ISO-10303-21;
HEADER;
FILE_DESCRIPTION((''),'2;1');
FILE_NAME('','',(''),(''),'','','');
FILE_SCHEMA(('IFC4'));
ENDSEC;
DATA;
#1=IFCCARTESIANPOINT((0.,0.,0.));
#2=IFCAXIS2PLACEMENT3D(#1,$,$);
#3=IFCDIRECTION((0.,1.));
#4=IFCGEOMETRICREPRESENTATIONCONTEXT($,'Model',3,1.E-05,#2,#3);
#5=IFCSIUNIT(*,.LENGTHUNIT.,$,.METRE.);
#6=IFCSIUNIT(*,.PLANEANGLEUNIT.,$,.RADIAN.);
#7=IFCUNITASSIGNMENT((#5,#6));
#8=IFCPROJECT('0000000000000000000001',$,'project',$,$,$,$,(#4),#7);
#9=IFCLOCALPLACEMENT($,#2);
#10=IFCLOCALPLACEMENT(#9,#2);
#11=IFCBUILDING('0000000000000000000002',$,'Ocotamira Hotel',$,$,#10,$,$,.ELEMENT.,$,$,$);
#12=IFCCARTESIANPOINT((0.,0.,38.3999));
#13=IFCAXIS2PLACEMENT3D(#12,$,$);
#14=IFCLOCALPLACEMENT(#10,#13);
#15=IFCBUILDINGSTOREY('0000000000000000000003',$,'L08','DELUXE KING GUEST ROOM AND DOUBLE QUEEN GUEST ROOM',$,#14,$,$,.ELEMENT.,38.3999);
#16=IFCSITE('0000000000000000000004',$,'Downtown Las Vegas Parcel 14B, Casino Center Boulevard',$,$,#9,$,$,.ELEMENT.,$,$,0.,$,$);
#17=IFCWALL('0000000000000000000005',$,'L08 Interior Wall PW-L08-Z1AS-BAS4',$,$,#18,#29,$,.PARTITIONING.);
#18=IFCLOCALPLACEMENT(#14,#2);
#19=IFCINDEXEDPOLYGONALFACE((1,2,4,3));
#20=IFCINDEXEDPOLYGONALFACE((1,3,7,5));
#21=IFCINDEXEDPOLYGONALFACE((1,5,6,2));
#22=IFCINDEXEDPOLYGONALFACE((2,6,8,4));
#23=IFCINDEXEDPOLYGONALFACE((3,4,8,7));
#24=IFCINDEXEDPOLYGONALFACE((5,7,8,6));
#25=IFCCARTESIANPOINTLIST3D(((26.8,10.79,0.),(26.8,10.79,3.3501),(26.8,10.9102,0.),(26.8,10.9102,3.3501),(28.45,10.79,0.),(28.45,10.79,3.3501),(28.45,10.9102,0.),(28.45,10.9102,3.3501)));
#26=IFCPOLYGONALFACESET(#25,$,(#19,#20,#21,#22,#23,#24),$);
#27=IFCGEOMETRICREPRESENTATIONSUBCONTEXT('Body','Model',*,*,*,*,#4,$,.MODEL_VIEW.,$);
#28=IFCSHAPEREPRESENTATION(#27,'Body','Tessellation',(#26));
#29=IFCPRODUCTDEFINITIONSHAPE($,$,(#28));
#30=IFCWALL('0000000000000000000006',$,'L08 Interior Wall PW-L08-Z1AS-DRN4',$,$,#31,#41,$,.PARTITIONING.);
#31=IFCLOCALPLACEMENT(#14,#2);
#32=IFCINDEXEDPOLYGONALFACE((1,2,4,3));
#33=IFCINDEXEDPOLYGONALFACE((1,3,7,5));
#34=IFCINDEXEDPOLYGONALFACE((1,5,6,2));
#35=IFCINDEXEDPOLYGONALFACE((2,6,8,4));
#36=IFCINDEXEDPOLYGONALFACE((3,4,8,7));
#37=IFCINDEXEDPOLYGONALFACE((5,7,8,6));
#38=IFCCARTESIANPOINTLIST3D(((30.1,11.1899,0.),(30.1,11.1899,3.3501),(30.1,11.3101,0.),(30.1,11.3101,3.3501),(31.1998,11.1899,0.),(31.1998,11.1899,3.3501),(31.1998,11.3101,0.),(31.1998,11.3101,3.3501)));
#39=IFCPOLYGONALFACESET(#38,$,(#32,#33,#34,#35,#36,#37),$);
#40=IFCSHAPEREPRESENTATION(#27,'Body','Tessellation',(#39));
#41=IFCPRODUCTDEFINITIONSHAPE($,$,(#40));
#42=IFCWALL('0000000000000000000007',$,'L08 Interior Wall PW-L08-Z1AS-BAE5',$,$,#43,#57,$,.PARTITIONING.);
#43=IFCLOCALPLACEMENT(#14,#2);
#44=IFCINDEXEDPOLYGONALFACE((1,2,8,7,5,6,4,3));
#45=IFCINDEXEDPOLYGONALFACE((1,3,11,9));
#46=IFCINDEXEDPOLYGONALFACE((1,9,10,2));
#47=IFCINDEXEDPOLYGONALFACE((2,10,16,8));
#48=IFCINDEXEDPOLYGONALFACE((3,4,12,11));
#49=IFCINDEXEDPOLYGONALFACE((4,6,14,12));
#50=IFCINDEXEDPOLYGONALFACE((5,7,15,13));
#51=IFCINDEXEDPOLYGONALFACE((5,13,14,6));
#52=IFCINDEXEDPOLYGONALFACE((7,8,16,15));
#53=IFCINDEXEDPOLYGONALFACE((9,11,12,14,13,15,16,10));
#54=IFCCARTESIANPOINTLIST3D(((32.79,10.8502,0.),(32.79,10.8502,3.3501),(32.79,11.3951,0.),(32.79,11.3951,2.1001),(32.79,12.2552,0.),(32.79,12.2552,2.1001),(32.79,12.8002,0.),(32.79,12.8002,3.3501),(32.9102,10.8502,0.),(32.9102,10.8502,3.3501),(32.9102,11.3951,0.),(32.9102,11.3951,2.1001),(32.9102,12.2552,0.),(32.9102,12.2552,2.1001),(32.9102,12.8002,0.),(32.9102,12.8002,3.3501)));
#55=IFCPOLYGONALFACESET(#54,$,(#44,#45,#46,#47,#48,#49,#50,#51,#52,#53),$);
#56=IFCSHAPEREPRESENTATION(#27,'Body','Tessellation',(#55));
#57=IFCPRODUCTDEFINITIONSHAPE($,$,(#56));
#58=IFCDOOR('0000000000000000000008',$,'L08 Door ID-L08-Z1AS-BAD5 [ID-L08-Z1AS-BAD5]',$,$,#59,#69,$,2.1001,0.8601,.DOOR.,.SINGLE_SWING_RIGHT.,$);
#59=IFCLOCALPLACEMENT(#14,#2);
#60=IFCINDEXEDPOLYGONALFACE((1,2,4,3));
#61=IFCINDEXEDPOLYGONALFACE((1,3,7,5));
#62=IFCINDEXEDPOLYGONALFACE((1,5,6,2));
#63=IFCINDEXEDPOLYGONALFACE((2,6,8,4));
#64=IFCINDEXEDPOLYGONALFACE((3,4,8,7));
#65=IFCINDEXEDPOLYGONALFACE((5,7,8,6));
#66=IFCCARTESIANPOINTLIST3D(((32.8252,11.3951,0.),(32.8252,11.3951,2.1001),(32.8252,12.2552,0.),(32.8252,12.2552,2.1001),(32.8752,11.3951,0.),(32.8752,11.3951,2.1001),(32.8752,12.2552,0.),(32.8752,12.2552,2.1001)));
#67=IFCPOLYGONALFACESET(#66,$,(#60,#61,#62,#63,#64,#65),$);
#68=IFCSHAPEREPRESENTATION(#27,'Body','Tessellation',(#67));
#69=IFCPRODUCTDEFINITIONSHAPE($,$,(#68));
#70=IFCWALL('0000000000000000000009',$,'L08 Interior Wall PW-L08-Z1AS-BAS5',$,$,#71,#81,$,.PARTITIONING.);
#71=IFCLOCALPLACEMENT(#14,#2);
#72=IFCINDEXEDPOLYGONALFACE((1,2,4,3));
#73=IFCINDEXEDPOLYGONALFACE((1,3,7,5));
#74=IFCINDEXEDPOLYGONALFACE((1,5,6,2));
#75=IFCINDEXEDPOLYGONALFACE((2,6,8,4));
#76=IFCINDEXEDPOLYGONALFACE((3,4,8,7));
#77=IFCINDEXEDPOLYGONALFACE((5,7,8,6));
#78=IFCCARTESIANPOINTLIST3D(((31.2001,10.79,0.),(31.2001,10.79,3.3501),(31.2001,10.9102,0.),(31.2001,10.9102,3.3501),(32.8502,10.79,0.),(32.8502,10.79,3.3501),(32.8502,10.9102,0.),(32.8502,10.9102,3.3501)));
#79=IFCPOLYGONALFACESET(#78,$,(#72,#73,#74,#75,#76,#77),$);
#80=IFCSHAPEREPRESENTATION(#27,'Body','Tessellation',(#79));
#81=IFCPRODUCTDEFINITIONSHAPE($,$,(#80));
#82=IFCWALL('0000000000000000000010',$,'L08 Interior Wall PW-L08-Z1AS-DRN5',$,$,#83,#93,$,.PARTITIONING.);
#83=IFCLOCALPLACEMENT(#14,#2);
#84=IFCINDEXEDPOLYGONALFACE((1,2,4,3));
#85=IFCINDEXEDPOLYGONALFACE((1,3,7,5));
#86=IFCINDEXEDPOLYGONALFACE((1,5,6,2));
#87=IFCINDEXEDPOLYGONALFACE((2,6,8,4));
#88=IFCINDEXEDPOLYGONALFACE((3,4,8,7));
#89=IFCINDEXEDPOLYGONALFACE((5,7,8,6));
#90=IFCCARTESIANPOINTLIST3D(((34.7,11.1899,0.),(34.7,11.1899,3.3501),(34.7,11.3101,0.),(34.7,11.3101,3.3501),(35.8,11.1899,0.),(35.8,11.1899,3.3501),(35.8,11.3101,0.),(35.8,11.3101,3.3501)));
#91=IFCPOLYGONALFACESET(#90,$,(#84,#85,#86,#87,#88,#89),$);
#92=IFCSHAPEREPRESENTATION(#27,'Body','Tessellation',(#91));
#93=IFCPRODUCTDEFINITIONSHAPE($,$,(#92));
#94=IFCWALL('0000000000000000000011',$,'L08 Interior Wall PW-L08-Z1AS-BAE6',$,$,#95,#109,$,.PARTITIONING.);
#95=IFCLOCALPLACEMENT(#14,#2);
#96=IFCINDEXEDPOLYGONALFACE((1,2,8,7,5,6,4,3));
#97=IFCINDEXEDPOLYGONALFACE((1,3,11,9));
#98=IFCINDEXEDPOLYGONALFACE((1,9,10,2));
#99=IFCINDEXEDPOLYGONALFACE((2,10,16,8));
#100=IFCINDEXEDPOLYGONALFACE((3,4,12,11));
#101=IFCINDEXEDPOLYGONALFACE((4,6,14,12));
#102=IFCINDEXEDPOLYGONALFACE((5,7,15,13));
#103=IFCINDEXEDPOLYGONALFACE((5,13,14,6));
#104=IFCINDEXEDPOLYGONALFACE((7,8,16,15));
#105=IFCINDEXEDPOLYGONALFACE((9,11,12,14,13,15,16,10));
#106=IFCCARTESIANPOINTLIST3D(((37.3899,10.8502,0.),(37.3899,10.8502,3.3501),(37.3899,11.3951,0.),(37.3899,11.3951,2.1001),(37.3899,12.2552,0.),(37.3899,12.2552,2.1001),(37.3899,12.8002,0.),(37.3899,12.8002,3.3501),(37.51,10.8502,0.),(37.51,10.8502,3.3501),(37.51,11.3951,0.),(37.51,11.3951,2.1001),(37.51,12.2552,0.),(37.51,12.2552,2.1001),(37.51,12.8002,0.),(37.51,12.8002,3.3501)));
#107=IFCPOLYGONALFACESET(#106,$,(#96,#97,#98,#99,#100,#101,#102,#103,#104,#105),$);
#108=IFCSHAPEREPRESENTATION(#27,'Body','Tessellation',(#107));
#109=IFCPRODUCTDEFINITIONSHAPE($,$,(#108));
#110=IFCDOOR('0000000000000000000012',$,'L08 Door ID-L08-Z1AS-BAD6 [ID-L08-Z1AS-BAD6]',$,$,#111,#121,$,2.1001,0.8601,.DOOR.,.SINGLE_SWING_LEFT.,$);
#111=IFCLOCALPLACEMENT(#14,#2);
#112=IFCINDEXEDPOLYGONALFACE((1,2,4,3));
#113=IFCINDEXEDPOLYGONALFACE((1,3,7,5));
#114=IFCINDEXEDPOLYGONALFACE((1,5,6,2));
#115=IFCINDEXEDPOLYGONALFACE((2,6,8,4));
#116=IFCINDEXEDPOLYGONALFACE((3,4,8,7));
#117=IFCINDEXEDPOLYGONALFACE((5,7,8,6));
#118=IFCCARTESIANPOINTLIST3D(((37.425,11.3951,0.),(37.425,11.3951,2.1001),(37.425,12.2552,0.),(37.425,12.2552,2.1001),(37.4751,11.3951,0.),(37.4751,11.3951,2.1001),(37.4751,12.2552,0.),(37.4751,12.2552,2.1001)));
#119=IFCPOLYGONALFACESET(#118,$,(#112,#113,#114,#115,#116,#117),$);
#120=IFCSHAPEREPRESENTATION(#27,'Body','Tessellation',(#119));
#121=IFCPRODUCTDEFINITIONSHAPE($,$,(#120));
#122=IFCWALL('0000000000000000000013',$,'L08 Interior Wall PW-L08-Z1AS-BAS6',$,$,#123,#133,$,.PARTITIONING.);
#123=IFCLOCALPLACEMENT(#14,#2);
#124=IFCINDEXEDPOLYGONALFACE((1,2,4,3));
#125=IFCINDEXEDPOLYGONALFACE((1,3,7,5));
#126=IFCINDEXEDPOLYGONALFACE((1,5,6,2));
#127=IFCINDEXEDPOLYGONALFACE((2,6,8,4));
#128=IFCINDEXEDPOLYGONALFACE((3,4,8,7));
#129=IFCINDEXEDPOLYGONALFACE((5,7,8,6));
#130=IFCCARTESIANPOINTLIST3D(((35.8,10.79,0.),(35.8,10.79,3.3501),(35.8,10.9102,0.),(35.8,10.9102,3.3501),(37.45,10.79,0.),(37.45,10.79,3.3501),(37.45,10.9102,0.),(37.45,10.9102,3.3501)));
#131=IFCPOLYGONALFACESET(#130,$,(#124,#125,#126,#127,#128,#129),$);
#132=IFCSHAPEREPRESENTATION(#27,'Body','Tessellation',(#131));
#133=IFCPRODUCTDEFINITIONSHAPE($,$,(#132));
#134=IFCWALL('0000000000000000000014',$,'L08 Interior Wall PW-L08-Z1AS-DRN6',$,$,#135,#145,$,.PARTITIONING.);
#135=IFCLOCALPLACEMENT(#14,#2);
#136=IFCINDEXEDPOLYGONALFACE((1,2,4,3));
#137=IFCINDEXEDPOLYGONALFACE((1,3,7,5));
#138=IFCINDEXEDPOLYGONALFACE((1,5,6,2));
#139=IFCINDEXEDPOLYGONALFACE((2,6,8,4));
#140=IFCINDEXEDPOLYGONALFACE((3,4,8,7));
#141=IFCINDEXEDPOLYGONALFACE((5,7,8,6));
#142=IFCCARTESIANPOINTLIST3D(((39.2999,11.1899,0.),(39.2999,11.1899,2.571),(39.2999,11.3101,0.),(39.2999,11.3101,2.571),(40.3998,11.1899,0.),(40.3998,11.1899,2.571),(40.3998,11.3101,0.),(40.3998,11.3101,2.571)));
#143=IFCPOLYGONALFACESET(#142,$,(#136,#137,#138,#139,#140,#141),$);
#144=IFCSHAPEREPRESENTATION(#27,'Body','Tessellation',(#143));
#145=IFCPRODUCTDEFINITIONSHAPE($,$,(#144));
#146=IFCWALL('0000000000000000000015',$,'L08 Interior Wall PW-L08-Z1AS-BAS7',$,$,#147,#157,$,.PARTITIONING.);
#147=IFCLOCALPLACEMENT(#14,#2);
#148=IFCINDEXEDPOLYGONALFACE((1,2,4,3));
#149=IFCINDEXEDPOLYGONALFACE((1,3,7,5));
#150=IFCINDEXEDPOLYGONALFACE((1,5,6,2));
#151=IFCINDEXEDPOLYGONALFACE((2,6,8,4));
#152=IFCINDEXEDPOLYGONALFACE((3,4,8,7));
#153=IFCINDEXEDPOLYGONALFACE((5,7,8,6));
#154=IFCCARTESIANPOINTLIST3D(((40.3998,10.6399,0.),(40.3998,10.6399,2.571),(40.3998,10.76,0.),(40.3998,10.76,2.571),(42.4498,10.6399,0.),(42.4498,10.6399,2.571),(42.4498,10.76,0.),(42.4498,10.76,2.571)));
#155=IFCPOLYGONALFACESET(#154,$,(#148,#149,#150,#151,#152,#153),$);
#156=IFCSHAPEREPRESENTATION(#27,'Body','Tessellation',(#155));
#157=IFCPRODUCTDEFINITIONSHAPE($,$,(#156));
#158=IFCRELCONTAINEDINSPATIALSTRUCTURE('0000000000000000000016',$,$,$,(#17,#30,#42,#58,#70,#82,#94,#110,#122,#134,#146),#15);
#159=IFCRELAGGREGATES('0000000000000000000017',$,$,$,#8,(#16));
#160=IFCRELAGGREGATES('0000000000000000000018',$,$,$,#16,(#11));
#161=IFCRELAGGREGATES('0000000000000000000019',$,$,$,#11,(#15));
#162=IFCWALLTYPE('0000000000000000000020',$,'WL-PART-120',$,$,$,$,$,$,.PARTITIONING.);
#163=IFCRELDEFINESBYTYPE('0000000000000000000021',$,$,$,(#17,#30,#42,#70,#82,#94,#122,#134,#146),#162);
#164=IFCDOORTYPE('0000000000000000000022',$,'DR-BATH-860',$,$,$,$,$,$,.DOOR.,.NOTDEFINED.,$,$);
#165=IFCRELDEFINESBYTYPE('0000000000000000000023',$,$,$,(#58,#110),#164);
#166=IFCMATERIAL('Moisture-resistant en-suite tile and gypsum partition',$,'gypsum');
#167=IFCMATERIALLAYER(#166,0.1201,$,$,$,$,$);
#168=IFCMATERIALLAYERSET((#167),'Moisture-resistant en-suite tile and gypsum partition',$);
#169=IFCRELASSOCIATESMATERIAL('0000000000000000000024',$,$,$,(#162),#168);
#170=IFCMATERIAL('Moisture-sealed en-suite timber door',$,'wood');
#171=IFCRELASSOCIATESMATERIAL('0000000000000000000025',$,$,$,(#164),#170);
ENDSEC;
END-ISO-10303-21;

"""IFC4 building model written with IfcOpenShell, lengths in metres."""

from ifc_helpers import new_model, si_unit, direction, frame, frame_2d, origin, place, context, subcontext, project, spatial, rectangle, extrude, source, transform, mapped, material, layer, layer_set, type_object, element, fill, save


model = new_model("IFC4")

# Units and contexts
model_context = context("Model", 3, precision=1e-05, world=origin(), true_north=direction((0.0, 1.0)))
body_context = subcontext(model_context, "Body", "Model", "MODEL_VIEW")
ifc_project = project(units=[si_unit("LENGTHUNIT", "METRE"), si_unit("PLANEANGLEUNIT", "RADIAN")], contexts=[model_context])

# Site, building, storey
site_placement = place(None, origin())
site = spatial("IfcSite", under=ifc_project, at=site_placement, Name="Downtown Las Vegas Parcel 14B, Casino Center Boulevard", CompositionType="ELEMENT", RefElevation=0.0)
building_placement = place(site_placement, origin())
building = spatial("IfcBuilding", under=site, at=building_placement, Name="Ocotamira Hotel", CompositionType="ELEMENT")
storey_placement = place(building_placement, frame((0.0, 0.0, 38.3999)))
storey = spatial("IfcBuildingStorey", under=building, at=storey_placement, Name="L08", Description="DELUXE KING GUEST ROOM AND DOUBLE QUEEN GUEST ROOM", CompositionType="ELEMENT", Elevation=38.3999)

# Shared definitions
ifc_material_1 = material(Name="Moisture-resistant en-suite tile and gypsum partition", Category="gypsum")
ifc_layer = layer(ifc_material_1, 0.1201)
ifc_layer_set = layer_set([ifc_layer], Name="Moisture-resistant en-suite tile and gypsum partition")
wall_type = type_object("IfcWallType", Name="WL-PART-120", PredefinedType="PARTITIONING", material=ifc_layer_set)
ifc_material_2 = material(Name="Moisture-sealed en-suite timber door", Category="wood")
door_type_1 = type_object("IfcDoorType", Name="DR-BATH-860", OperationType="NOTDEFINED", PredefinedType="DOOR", material=ifc_material_2)
shared_shape_1 = source(origin(), body_context, "Body", "SweptSolid", [
    extrude(rectangle(XDim=0.8601, YDim=2.1001, at=frame_2d((0.4302, 1.05))), frame((0.0, 0.0249, 0.0), z_axis=(0.0, -1.0, 0.0), x_axis=(1.0, 0.0, 0.0)), (0.0, 0.0, 1.0), 0.05),
])

# Walls
wall_1_placement = place(storey_placement, frame((26.8, 10.8501, 0.0), z_axis=(0.0, 0.0, 1.0), x_axis=(1.0, 0.0, 0.0)))
element("IfcWall", 1, at=wall_1_placement, inside=storey, type_object=wall_type, Name="L08 Interior Wall PW-L08-Z1AS-BAS4", PredefinedType="PARTITIONING", context=body_context, shape_type="SweptSolid", body=[
    extrude(rectangle(XDim=1.6499, YDim=0.1201, at=frame_2d((0.825, 0.0))), origin(), (0.0, 0.0, 1.0), 3.3501),
])
wall_2_placement = place(storey_placement, frame((30.1001, 11.25, 0.0), z_axis=(0.0, 0.0, 1.0), x_axis=(1.0, 0.0, 0.0)))
element("IfcWall", 2, at=wall_2_placement, inside=storey, type_object=wall_type, Name="L08 Interior Wall PW-L08-Z1AS-DRN4", PredefinedType="PARTITIONING", context=body_context, shape_type="SweptSolid", body=[
    extrude(rectangle(XDim=1.0999, YDim=0.1201, at=frame_2d((0.5498, 0.0))), origin(), (0.0, 0.0, 1.0), 3.3501),
])

# Wall, opening, door
wall_3_placement = place(storey_placement, frame((32.8501, 10.8501, 0.0), z_axis=(0.0, 0.0, 1.0), x_axis=(0.0, 1.0, 0.0)))
wall_3 = element("IfcWall", 3, at=wall_3_placement, inside=storey, type_object=wall_type, Name="L08 Interior Wall PW-L08-Z1AS-BAE5", PredefinedType="PARTITIONING", context=body_context, shape_type="SweptSolid", body=[
    extrude(rectangle(XDim=1.95, YDim=0.1201, at=frame_2d((0.9751, 0.0))), origin(), (0.0, 0.0, 1.0), 3.3501),
])
opening_1_placement = place(wall_3_placement, frame((0.5449, 0.0, 0.0)))
opening_1 = element("IfcOpeningElement", 4, at=opening_1_placement, cuts=wall_3, PredefinedType="OPENING", context=body_context, shape_type="SweptSolid", body=[
    extrude(rectangle(XDim=0.8601, YDim=2.1001, at=frame_2d((0.4302, 1.05))), frame((0.0, 0.0701, 0.0), z_axis=(0.0, -1.0, 0.0), x_axis=(1.0, 0.0, 0.0)), (0.0, 0.0, 1.0), 0.1401),
])
door_1_placement = place(opening_1_placement, origin())
door_1 = element("IfcDoor", 5, at=door_1_placement, inside=storey, type_object=door_type_1, Name="L08 Door ID-L08-Z1AS-BAD5 [ID-L08-Z1AS-BAD5]", OperationType="SINGLE_SWING_RIGHT", OverallHeight=2.1001, OverallWidth=0.8601, PredefinedType="DOOR", context=body_context, shape_type="MappedRepresentation", body=[
    mapped(shared_shape_1, transform((0.0, 0.0, 0.0), scale=1.0)),
])
fill(opening_1, door_1)

# Walls
wall_4_placement = place(storey_placement, frame((31.2, 10.8501, 0.0), z_axis=(0.0, 0.0, 1.0), x_axis=(1.0, 0.0, 0.0)))
element("IfcWall", 6, at=wall_4_placement, inside=storey, type_object=wall_type, Name="L08 Interior Wall PW-L08-Z1AS-BAS5", PredefinedType="PARTITIONING", context=body_context, shape_type="SweptSolid", body=[
    extrude(rectangle(XDim=1.6501, YDim=0.1201, at=frame_2d((0.8252, 0.0))), origin(), (0.0, 0.0, 1.0), 3.3501),
])
wall_5_placement = place(storey_placement, frame((34.7, 11.25, 0.0), z_axis=(0.0, 0.0, 1.0), x_axis=(1.0, 0.0, 0.0)))
element("IfcWall", 7, at=wall_5_placement, inside=storey, type_object=wall_type, Name="L08 Interior Wall PW-L08-Z1AS-DRN5", PredefinedType="PARTITIONING", context=body_context, shape_type="SweptSolid", body=[
    extrude(rectangle(XDim=1.1001, YDim=0.1201, at=frame_2d((0.55, 0.0))), origin(), (0.0, 0.0, 1.0), 3.3501),
])

# Wall, opening, door
wall_6_placement = place(storey_placement, frame((37.45, 10.8501, 0.0), z_axis=(0.0, 0.0, 1.0), x_axis=(0.0, 1.0, 0.0)))
wall_6 = element("IfcWall", 8, at=wall_6_placement, inside=storey, type_object=wall_type, Name="L08 Interior Wall PW-L08-Z1AS-BAE6", PredefinedType="PARTITIONING", context=body_context, shape_type="SweptSolid", body=[
    extrude(rectangle(XDim=1.95, YDim=0.1201, at=frame_2d((0.9751, 0.0))), origin(), (0.0, 0.0, 1.0), 3.3501),
])
opening_2_placement = place(wall_6_placement, frame((0.5449, 0.0, 0.0)))
opening_2 = element("IfcOpeningElement", 9, at=opening_2_placement, cuts=wall_6, PredefinedType="OPENING", context=body_context, shape_type="SweptSolid", body=[
    extrude(rectangle(XDim=0.8601, YDim=2.1001, at=frame_2d((0.4302, 1.05))), frame((0.0, 0.0701, 0.0), z_axis=(0.0, -1.0, 0.0), x_axis=(1.0, 0.0, 0.0)), (0.0, 0.0, 1.0), 0.1401),
])
door_2_placement = place(opening_2_placement, origin())
door_2 = element("IfcDoor", 10, at=door_2_placement, inside=storey, type_object=door_type_1, Name="L08 Door ID-L08-Z1AS-BAD6 [ID-L08-Z1AS-BAD6]", OperationType="SINGLE_SWING_LEFT", OverallHeight=2.1001, OverallWidth=0.8601, PredefinedType="DOOR", context=body_context, shape_type="MappedRepresentation", body=[
    mapped(shared_shape_1, transform((0.0, 0.0, 0.0), scale=1.0)),
])
fill(opening_2, door_2)

# Walls
wall_7_placement = place(storey_placement, frame((35.8, 10.8501, 0.0), z_axis=(0.0, 0.0, 1.0), x_axis=(1.0, 0.0, 0.0)))
element("IfcWall", 11, at=wall_7_placement, inside=storey, type_object=wall_type, Name="L08 Interior Wall PW-L08-Z1AS-BAS6", PredefinedType="PARTITIONING", context=body_context, shape_type="SweptSolid", body=[
    extrude(rectangle(XDim=1.6499, YDim=0.1201, at=frame_2d((0.825, 0.0))), origin(), (0.0, 0.0, 1.0), 3.3501),
])
wall_8_placement = place(storey_placement, frame((39.3, 11.25, 0.0), z_axis=(0.0, 0.0, 1.0), x_axis=(1.0, 0.0, 0.0)))
element("IfcWall", 12, at=wall_8_placement, inside=storey, type_object=wall_type, Name="L08 Interior Wall PW-L08-Z1AS-DRN6", PredefinedType="PARTITIONING", context=body_context, shape_type="SweptSolid", body=[
    extrude(rectangle(XDim=1.0999, YDim=0.1201, at=frame_2d((0.5498, 0.0))), origin(), (0.0, 0.0, 1.0), 2.571),
])

# Wall
wall_9_placement = place(storey_placement, frame((40.3999, 10.7, 0.0), z_axis=(0.0, 0.0, 1.0), x_axis=(1.0, 0.0, 0.0)))
element("IfcWall", 13, at=wall_9_placement, inside=storey, type_object=wall_type, Name="L08 Interior Wall PW-L08-Z1AS-BAS7", PredefinedType="PARTITIONING", context=body_context, shape_type="SweptSolid", body=[
    extrude(rectangle(XDim=2.05, YDim=0.1201, at=frame_2d((1.0249, 0.0))), origin(), (0.0, 0.0, 1.0), 2.571),
])

save(model, "model.ifc")
